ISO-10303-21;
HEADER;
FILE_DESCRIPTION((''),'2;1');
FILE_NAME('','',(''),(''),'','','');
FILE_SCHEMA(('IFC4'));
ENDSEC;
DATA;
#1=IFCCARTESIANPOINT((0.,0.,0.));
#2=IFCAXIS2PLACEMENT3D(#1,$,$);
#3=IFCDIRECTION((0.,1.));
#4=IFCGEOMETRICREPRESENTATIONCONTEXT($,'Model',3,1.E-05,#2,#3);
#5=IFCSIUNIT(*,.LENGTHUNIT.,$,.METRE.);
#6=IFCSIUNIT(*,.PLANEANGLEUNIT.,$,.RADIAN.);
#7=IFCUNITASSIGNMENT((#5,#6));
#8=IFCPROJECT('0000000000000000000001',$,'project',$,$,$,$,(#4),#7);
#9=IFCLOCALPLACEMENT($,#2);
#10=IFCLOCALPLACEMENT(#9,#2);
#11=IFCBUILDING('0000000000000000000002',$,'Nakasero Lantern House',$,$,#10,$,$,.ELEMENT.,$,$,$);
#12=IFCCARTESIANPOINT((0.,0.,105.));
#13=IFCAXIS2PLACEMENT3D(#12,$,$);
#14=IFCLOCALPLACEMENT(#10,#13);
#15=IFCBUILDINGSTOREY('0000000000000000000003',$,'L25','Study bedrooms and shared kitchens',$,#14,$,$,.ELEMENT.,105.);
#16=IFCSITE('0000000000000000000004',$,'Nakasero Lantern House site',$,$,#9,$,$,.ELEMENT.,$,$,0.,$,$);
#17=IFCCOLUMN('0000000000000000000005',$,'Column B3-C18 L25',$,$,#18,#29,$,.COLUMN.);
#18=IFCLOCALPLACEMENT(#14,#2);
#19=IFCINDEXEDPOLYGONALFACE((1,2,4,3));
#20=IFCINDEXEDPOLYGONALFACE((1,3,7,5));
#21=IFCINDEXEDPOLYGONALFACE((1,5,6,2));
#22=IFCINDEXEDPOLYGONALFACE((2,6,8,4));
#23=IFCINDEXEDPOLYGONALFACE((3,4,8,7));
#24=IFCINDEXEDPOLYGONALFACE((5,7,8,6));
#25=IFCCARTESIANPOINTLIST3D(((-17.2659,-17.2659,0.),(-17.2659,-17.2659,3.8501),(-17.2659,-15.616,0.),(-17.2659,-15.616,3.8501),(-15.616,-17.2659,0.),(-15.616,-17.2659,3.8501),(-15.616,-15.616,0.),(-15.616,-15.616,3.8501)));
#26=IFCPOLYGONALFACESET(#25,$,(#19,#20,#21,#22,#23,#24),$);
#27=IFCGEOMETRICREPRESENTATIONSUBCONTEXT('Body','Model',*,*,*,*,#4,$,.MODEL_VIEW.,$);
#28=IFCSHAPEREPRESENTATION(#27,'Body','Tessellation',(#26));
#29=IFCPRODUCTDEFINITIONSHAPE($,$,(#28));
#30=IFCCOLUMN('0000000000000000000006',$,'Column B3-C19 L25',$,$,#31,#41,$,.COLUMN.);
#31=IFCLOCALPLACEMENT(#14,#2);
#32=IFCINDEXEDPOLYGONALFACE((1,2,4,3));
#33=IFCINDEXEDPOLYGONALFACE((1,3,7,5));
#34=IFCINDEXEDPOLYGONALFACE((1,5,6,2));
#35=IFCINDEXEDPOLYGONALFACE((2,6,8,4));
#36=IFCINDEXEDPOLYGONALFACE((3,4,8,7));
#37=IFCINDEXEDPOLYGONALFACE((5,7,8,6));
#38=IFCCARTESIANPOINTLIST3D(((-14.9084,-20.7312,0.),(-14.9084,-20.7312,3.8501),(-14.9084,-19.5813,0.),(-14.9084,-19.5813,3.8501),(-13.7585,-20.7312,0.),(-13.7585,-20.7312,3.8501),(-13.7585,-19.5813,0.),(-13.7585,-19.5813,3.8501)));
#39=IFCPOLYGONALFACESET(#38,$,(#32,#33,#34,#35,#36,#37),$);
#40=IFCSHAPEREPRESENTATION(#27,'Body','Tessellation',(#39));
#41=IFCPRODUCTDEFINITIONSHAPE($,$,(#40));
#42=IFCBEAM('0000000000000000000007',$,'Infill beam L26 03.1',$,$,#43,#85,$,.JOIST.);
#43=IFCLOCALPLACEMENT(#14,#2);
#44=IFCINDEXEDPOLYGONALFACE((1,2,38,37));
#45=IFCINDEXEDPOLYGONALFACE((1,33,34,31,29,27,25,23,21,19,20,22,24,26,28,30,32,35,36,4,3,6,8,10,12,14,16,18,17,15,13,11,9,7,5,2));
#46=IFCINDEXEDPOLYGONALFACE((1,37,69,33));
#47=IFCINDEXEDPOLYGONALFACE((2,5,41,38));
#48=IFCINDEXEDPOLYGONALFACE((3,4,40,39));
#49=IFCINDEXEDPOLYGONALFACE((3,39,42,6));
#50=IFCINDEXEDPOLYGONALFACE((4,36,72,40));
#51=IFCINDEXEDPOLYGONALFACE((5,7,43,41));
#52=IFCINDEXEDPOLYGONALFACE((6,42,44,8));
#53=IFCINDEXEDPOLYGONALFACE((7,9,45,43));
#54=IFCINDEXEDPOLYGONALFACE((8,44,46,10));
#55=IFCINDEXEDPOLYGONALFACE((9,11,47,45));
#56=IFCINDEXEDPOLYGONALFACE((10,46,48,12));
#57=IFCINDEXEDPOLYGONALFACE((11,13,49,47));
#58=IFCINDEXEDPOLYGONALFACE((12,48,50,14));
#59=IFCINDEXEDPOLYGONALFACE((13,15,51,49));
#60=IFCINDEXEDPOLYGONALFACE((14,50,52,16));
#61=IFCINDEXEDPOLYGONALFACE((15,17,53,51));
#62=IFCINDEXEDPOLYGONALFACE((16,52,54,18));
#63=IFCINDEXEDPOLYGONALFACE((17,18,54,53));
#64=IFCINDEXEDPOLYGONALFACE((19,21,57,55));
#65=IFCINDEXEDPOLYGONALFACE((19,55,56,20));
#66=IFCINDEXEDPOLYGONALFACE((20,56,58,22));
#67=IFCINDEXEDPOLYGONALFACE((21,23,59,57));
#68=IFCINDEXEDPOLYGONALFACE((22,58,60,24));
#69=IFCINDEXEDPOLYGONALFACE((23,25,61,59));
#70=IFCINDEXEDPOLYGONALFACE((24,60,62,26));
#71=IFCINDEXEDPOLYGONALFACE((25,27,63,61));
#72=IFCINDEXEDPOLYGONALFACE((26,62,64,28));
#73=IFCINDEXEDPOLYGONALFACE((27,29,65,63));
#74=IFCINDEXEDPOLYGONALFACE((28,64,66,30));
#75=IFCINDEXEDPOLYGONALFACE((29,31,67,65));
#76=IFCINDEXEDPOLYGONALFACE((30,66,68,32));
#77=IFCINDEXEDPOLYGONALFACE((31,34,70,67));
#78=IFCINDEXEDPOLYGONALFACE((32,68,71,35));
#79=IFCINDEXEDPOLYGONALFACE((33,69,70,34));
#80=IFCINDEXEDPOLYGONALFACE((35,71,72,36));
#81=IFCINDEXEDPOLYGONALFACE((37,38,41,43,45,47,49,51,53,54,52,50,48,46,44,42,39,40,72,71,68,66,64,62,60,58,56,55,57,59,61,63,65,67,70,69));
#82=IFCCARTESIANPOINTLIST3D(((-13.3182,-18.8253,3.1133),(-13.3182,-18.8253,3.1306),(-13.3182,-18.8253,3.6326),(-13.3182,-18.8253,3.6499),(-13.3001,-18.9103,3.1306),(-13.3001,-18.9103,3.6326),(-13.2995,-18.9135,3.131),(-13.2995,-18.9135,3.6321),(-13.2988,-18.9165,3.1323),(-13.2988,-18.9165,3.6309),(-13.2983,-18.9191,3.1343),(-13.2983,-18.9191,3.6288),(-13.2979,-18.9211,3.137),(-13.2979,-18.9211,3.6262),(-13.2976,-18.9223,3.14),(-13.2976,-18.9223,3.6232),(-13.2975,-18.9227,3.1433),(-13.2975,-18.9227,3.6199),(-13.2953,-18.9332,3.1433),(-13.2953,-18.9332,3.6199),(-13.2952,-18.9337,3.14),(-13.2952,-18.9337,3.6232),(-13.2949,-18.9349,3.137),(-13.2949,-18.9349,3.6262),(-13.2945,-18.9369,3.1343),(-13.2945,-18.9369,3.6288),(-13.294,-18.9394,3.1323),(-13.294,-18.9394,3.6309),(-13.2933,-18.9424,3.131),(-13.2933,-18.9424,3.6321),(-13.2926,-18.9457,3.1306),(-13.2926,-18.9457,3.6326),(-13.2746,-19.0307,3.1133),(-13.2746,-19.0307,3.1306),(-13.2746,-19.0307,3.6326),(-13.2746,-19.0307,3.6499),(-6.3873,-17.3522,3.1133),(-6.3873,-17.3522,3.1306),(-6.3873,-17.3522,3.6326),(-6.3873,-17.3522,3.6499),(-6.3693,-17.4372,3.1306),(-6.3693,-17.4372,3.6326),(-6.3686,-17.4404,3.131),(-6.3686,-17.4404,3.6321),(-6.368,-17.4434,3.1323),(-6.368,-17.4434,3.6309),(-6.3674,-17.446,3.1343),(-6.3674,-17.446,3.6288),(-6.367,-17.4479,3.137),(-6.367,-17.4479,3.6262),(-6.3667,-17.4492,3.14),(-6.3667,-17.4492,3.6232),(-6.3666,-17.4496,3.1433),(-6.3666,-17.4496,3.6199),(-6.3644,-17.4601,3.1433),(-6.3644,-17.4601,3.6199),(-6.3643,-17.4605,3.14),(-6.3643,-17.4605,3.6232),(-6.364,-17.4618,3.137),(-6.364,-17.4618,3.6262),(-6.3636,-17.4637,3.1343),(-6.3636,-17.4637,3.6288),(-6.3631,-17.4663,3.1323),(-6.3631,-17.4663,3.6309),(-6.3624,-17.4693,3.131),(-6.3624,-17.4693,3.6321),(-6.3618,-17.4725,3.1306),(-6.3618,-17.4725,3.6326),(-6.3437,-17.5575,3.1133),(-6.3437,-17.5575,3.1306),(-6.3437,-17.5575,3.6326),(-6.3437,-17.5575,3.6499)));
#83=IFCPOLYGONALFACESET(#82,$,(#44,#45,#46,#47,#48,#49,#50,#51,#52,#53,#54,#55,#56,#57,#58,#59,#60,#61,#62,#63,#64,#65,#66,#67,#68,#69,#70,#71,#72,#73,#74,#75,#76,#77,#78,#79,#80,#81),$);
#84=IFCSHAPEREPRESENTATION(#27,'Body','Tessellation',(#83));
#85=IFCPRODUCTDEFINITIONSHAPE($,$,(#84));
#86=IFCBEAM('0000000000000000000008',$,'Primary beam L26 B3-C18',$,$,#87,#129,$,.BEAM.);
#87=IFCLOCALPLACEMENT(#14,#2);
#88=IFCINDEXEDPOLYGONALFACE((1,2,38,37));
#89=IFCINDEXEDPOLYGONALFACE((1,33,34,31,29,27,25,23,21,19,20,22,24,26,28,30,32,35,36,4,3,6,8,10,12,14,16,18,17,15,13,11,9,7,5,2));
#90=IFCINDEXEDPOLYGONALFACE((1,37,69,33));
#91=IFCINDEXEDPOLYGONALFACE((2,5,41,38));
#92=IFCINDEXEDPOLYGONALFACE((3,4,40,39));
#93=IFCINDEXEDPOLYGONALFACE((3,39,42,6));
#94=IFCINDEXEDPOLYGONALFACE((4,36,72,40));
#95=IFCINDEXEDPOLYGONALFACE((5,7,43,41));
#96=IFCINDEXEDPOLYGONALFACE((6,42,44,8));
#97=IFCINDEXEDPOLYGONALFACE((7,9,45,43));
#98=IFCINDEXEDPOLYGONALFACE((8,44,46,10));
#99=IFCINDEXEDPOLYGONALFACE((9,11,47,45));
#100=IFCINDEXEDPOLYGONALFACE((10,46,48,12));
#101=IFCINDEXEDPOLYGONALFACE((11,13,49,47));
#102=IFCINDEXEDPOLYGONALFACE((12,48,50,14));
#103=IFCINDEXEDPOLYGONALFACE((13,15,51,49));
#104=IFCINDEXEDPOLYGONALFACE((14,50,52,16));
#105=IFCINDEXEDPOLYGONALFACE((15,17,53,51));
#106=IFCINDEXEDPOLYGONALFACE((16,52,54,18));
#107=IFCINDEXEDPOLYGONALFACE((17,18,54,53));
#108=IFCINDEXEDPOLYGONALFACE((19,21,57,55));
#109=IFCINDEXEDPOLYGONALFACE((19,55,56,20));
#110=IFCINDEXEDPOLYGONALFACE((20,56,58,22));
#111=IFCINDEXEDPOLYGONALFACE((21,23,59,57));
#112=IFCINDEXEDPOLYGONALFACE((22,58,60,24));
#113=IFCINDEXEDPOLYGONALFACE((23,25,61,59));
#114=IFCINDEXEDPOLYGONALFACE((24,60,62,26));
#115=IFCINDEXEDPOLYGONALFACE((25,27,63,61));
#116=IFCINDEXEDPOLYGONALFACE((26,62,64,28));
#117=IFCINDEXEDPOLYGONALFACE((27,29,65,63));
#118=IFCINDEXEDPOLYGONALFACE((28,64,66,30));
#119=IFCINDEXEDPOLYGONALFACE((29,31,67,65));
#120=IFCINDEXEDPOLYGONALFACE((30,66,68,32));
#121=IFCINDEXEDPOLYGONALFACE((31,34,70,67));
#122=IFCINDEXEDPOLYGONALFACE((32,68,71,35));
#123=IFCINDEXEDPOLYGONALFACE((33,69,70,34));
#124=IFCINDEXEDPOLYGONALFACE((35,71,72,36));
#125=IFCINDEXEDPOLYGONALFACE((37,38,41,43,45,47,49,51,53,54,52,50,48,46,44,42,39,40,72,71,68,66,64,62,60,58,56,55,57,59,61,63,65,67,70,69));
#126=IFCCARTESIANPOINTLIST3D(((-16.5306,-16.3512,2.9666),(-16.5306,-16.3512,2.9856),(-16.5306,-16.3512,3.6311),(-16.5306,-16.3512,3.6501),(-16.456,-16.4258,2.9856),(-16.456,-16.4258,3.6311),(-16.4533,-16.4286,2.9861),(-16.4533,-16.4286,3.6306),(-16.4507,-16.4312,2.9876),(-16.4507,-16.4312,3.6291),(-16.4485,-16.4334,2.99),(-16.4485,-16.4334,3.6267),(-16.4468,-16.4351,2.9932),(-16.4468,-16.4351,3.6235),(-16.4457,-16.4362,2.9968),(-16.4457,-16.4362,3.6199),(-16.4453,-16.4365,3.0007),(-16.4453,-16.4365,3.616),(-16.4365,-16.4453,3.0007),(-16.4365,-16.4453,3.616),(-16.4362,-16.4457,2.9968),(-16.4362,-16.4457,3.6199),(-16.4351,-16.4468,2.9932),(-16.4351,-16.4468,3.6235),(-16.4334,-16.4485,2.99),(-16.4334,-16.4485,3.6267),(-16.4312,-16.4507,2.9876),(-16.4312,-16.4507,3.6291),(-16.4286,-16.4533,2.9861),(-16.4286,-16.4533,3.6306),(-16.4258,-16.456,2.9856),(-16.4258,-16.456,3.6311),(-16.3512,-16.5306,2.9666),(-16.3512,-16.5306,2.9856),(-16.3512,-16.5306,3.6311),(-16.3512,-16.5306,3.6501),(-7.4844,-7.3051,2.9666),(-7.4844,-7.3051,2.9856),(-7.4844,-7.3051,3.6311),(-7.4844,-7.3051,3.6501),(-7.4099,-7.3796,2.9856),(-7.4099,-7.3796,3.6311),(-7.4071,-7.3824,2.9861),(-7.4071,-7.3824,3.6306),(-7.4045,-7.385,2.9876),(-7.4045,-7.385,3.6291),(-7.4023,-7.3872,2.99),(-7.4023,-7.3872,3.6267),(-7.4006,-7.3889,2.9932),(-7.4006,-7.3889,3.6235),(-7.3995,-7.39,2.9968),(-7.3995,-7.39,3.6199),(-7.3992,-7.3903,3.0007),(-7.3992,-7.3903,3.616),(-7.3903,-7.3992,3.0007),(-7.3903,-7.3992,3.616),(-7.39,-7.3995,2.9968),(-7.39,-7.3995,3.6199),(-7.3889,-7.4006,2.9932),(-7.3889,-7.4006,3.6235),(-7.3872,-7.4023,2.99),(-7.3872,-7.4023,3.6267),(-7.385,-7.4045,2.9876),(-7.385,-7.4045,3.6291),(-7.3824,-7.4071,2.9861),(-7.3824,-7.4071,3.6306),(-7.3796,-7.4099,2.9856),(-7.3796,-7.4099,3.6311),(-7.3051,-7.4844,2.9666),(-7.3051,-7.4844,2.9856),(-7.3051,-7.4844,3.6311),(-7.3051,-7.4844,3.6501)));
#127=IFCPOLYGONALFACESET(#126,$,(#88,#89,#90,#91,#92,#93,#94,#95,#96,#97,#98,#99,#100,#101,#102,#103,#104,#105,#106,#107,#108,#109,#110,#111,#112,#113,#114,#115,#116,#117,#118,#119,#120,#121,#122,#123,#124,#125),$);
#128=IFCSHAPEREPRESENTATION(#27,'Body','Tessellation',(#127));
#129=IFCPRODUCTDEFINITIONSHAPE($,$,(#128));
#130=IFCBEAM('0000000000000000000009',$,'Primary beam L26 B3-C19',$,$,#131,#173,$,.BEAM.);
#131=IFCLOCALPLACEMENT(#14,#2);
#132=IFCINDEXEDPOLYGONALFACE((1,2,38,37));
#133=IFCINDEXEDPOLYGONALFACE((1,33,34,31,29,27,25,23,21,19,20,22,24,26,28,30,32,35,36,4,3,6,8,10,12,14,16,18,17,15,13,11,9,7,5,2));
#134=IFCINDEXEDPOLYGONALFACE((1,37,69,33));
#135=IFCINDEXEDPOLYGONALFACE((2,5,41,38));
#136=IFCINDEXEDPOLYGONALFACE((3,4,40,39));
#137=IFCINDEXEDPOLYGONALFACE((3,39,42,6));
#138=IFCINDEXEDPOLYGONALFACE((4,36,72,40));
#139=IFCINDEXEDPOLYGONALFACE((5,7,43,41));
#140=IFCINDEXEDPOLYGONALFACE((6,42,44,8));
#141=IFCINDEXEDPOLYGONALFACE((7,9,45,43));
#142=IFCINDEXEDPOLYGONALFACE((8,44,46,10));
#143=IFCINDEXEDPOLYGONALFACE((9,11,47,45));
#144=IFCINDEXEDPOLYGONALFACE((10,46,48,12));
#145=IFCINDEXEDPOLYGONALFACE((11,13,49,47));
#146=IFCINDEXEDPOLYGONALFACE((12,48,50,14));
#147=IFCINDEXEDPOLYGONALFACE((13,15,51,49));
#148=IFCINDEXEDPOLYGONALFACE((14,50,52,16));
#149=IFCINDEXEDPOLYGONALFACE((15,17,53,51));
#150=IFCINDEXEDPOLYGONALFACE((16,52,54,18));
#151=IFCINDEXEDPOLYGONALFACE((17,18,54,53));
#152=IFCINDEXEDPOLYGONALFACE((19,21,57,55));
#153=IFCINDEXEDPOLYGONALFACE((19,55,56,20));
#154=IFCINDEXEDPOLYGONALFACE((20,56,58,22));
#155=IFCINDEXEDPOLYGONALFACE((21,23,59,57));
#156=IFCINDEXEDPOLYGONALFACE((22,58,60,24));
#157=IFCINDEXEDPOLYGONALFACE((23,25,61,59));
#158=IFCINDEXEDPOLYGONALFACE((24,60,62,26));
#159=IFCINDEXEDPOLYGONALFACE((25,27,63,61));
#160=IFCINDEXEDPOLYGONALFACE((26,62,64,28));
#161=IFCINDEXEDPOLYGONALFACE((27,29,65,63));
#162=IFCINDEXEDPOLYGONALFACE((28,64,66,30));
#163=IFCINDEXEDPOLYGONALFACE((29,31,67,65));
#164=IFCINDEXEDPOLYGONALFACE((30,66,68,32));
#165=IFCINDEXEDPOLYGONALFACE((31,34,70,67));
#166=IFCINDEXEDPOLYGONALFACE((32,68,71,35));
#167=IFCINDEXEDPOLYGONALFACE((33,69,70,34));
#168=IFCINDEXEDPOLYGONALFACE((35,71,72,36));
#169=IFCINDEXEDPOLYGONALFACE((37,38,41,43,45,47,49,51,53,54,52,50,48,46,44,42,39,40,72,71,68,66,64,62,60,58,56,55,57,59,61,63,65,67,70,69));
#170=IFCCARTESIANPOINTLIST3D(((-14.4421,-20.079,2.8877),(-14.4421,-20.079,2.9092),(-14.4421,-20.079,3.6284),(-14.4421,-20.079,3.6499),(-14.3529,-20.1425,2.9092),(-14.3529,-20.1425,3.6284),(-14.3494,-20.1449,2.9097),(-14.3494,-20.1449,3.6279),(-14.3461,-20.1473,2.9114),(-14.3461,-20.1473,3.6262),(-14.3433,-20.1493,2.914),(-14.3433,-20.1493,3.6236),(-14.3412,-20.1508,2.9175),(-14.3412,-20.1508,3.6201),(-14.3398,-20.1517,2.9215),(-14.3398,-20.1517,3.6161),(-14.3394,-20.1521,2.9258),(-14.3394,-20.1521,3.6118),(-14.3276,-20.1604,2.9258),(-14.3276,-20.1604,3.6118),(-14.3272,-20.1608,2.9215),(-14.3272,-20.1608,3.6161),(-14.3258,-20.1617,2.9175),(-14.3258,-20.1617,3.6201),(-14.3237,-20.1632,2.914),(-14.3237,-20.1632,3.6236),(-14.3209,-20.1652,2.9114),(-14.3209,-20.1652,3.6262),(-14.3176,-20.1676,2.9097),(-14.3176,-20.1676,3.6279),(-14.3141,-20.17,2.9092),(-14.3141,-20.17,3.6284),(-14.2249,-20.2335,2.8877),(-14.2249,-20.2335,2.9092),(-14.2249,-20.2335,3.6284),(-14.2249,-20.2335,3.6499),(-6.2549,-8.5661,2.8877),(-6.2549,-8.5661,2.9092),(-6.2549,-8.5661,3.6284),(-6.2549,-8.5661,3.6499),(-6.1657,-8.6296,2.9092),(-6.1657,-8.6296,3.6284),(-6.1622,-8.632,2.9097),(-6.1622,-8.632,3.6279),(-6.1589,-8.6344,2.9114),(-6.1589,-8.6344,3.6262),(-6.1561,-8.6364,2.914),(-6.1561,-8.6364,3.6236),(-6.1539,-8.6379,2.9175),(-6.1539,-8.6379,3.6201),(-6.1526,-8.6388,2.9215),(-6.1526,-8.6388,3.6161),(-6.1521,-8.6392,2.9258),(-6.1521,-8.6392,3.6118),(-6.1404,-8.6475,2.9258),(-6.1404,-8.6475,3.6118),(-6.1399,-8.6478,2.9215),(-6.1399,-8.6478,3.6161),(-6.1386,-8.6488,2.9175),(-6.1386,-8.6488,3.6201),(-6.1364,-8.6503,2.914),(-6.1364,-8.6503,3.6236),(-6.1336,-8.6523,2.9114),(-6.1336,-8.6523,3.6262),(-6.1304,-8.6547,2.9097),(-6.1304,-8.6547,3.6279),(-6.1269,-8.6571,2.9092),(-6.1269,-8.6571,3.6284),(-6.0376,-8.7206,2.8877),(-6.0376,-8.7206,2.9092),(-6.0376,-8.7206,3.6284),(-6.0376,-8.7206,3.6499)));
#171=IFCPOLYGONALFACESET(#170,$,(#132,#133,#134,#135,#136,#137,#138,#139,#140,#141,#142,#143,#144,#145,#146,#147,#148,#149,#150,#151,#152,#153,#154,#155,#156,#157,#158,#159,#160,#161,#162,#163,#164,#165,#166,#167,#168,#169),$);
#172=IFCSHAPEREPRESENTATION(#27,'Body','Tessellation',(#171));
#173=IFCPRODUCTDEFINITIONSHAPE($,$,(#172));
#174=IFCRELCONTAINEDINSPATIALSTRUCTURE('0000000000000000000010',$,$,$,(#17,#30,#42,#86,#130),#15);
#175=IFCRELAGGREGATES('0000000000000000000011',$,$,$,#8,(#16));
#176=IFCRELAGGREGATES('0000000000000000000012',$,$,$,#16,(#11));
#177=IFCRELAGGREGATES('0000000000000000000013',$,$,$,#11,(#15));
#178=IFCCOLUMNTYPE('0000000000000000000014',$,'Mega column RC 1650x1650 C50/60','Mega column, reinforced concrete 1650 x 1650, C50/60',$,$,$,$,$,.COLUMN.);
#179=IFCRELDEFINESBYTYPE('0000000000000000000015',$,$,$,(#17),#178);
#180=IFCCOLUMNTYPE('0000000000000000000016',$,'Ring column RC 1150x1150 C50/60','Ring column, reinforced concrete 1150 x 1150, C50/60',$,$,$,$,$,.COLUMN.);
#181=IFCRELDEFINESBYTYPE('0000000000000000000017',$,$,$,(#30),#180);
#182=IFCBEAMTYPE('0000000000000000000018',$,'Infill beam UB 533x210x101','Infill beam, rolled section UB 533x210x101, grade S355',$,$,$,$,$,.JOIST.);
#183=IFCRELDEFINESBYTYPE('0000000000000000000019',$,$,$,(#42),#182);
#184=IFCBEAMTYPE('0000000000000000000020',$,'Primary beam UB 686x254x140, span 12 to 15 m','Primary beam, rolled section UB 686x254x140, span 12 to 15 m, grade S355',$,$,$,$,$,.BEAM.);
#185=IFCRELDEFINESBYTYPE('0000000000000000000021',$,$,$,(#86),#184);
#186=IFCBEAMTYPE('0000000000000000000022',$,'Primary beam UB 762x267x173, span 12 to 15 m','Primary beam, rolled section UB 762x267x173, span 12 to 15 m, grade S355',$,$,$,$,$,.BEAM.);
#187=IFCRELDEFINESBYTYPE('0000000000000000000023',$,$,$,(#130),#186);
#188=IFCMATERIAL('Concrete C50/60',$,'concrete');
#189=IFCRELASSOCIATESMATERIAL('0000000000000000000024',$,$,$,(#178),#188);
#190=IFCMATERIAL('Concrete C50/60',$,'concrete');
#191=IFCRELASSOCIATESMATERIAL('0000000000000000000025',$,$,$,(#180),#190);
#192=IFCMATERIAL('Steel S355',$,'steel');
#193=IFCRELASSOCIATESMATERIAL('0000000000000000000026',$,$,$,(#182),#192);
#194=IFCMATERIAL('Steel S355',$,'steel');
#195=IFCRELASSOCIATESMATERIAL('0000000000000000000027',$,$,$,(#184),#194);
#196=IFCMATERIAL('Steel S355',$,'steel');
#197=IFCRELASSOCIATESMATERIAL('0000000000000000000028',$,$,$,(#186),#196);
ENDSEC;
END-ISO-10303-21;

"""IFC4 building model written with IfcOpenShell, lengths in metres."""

from ifc_helpers import new_model, si_unit, direction, frame, origin, origin_2d, place, context, subcontext, project, spatial, rectangle, i_section, extrude, material, material_profile, profile_set, type_object, element, save


model = new_model("IFC4")

# Units and contexts
model_context = context("Model", 3, precision=1e-05, world=origin(), true_north=direction((0.0, 1.0)))
body_context = subcontext(model_context, "Body", "Model", "MODEL_VIEW")
ifc_project = project(units=[si_unit("LENGTHUNIT", "METRE"), si_unit("PLANEANGLEUNIT", "RADIAN")], contexts=[model_context])

# Site, building, storey
site_placement = place(None, origin())
site = spatial("IfcSite", under=ifc_project, at=site_placement, Name="Nakasero Lantern House site", CompositionType="ELEMENT", RefElevation=0.0)
building_placement = place(site_placement, origin())
building = spatial("IfcBuilding", under=site, at=building_placement, Name="Nakasero Lantern House", CompositionType="ELEMENT")
storey_placement = place(building_placement, frame((0.0, 0.0, 105.0)))
storey = spatial("IfcBuildingStorey", under=building, at=storey_placement, Name="L25", Description="Study bedrooms and shared kitchens", CompositionType="ELEMENT", Elevation=105.0)

# Columns
ifc_material_1 = material(Name="Concrete C50/60", Category="concrete")
ifc_material_profile_1 = material_profile(ifc_material_1, rectangle(XDim=1.6499, YDim=1.6499, at=origin_2d()), Name="RC 1650x1650")
ifc_profile_set_1 = profile_set([ifc_material_profile_1], Name="Concrete C50/60")
column_type_1 = type_object("IfcColumnType", Name="Mega column RC 1650x1650 C50/60", Description="Mega column, reinforced concrete 1650 x 1650, C50/60", PredefinedType="COLUMN", material=ifc_profile_set_1)
column_1_placement = place(storey_placement, frame((-16.4409, -16.4409, 0.0), z_axis=(0.0, 0.0, 1.0), x_axis=(1.0, 0.0, 0.0)))
element("IfcColumn", 1, at=column_1_placement, inside=storey, type_object=column_type_1, Name="Column B3-C18 L25", PredefinedType="COLUMN", context=body_context, shape_type="SweptSolid", body=[
    extrude(rectangle(XDim=1.6499, YDim=1.6499, at=origin_2d()), origin(), (0.0, 0.0, 1.0), 3.8501),
])
ifc_material_2 = material(Name="Concrete C50/60", Category="concrete")
ifc_material_profile_2 = material_profile(ifc_material_2, rectangle(XDim=1.1499, YDim=1.1499, at=origin_2d()), Name="RC 1150x1150")
ifc_profile_set_2 = profile_set([ifc_material_profile_2], Name="Concrete C50/60")
column_type_2 = type_object("IfcColumnType", Name="Ring column RC 1150x1150 C50/60", Description="Ring column, reinforced concrete 1150 x 1150, C50/60", PredefinedType="COLUMN", material=ifc_profile_set_2)
column_2_placement = place(storey_placement, frame((-14.3335, -20.1562, 0.0), z_axis=(0.0, 0.0, 1.0), x_axis=(1.0, 0.0, 0.0)))
element("IfcColumn", 2, at=column_2_placement, inside=storey, type_object=column_type_2, Name="Column B3-C19 L25", PredefinedType="COLUMN", context=body_context, shape_type="SweptSolid", body=[
    extrude(rectangle(XDim=1.1499, YDim=1.1499, at=origin_2d()), origin(), (0.0, 0.0, 1.0), 3.8501),
])

# Beams
ifc_material_3 = material(Name="Steel S355", Category="steel")
ifc_material_profile_3 = material_profile(ifc_material_3, i_section(OverallWidth=0.21, OverallDepth=0.5366, WebThickness=0.0107, FlangeThickness=0.0173, FilletRadius=0.0127, at=origin_2d()), Name="UB 533x210x101")
ifc_profile_set_3 = profile_set([ifc_material_profile_3], Name="Steel S355")
beam_type_1 = type_object("IfcBeamType", Name="Infill beam UB 533x210x101", Description="Infill beam, rolled section UB 533x210x101, grade S355", PredefinedType="JOIST", material=ifc_profile_set_3)
beam_1_placement = place(storey_placement, frame((-13.2964, -18.928, 3.3816), z_axis=(0.978149, 0.207903, 0.0), x_axis=(-0.207903, 0.978149, 0.0)))
element("IfcBeam", 3, at=beam_1_placement, inside=storey, type_object=beam_type_1, Name="Infill beam L26 03.1", PredefinedType="JOIST", context=body_context, shape_type="SweptSolid", body=[
    extrude(i_section(OverallWidth=0.21, OverallDepth=0.5366, WebThickness=0.0107, FlangeThickness=0.0173, FilletRadius=0.0127, at=origin_2d()), origin(), (0.0, 0.0, 1.0), 7.0857),
])
ifc_material_4 = material(Name="Steel S355", Category="steel")
ifc_material_profile_4 = material_profile(ifc_material_4, i_section(OverallWidth=0.2537, OverallDepth=0.6836, WebThickness=0.0125, FlangeThickness=0.019, FilletRadius=0.0151, at=origin_2d()), Name="UB 686x254x140")
ifc_profile_set_4 = profile_set([ifc_material_profile_4], Name="Steel S355")
beam_type_2 = type_object("IfcBeamType", Name="Primary beam UB 686x254x140, span 12 to 15 m", Description="Primary beam, rolled section UB 686x254x140, span 12 to 15 m, grade S355", PredefinedType="BEAM", material=ifc_profile_set_4)
beam_2_placement = place(storey_placement, frame((-16.4409, -16.4409, 3.3083), z_axis=(0.707107, 0.707107, 0.0), x_axis=(-0.707107, 0.707107, 0.0)))
element("IfcBeam", 4, at=beam_2_placement, inside=storey, type_object=beam_type_2, Name="Primary beam L26 B3-C18", PredefinedType="BEAM", context=body_context, shape_type="SweptSolid", body=[
    extrude(i_section(OverallWidth=0.2537, OverallDepth=0.6836, WebThickness=0.0125, FlangeThickness=0.019, FilletRadius=0.0151, at=origin_2d()), origin(), (0.0, 0.0, 1.0), 12.7932),
])
ifc_material_5 = material(Name="Steel S355", Category="steel")
ifc_material_profile_5 = material_profile(ifc_material_5, i_section(OverallWidth=0.2666, OverallDepth=0.7622, WebThickness=0.0144, FlangeThickness=0.0215, FilletRadius=0.0166, at=origin_2d()), Name="UB 762x267x173")
ifc_profile_set_5 = profile_set([ifc_material_profile_5], Name="Steel S355")
beam_type_3 = type_object("IfcBeamType", Name="Primary beam UB 762x267x173, span 12 to 15 m", Description="Primary beam, rolled section UB 762x267x173, span 12 to 15 m, grade S355", PredefinedType="BEAM", material=ifc_profile_set_5)
beam_3_placement = place(storey_placement, frame((-14.3335, -20.1562, 3.2688), z_axis=(0.579537, 0.814946, 0.0), x_axis=(-0.814946, 0.579537, 0.0)))
element("IfcBeam", 5, at=beam_3_placement, inside=storey, type_object=beam_type_3, Name="Primary beam L26 B3-C19", PredefinedType="BEAM", context=body_context, shape_type="SweptSolid", body=[
    extrude(i_section(OverallWidth=0.2666, OverallDepth=0.7622, WebThickness=0.0144, FlangeThickness=0.0215, FilletRadius=0.0166, at=origin_2d()), origin(), (0.0, 0.0, 1.0), 14.1272),
])

save(model, "model.ifc")
